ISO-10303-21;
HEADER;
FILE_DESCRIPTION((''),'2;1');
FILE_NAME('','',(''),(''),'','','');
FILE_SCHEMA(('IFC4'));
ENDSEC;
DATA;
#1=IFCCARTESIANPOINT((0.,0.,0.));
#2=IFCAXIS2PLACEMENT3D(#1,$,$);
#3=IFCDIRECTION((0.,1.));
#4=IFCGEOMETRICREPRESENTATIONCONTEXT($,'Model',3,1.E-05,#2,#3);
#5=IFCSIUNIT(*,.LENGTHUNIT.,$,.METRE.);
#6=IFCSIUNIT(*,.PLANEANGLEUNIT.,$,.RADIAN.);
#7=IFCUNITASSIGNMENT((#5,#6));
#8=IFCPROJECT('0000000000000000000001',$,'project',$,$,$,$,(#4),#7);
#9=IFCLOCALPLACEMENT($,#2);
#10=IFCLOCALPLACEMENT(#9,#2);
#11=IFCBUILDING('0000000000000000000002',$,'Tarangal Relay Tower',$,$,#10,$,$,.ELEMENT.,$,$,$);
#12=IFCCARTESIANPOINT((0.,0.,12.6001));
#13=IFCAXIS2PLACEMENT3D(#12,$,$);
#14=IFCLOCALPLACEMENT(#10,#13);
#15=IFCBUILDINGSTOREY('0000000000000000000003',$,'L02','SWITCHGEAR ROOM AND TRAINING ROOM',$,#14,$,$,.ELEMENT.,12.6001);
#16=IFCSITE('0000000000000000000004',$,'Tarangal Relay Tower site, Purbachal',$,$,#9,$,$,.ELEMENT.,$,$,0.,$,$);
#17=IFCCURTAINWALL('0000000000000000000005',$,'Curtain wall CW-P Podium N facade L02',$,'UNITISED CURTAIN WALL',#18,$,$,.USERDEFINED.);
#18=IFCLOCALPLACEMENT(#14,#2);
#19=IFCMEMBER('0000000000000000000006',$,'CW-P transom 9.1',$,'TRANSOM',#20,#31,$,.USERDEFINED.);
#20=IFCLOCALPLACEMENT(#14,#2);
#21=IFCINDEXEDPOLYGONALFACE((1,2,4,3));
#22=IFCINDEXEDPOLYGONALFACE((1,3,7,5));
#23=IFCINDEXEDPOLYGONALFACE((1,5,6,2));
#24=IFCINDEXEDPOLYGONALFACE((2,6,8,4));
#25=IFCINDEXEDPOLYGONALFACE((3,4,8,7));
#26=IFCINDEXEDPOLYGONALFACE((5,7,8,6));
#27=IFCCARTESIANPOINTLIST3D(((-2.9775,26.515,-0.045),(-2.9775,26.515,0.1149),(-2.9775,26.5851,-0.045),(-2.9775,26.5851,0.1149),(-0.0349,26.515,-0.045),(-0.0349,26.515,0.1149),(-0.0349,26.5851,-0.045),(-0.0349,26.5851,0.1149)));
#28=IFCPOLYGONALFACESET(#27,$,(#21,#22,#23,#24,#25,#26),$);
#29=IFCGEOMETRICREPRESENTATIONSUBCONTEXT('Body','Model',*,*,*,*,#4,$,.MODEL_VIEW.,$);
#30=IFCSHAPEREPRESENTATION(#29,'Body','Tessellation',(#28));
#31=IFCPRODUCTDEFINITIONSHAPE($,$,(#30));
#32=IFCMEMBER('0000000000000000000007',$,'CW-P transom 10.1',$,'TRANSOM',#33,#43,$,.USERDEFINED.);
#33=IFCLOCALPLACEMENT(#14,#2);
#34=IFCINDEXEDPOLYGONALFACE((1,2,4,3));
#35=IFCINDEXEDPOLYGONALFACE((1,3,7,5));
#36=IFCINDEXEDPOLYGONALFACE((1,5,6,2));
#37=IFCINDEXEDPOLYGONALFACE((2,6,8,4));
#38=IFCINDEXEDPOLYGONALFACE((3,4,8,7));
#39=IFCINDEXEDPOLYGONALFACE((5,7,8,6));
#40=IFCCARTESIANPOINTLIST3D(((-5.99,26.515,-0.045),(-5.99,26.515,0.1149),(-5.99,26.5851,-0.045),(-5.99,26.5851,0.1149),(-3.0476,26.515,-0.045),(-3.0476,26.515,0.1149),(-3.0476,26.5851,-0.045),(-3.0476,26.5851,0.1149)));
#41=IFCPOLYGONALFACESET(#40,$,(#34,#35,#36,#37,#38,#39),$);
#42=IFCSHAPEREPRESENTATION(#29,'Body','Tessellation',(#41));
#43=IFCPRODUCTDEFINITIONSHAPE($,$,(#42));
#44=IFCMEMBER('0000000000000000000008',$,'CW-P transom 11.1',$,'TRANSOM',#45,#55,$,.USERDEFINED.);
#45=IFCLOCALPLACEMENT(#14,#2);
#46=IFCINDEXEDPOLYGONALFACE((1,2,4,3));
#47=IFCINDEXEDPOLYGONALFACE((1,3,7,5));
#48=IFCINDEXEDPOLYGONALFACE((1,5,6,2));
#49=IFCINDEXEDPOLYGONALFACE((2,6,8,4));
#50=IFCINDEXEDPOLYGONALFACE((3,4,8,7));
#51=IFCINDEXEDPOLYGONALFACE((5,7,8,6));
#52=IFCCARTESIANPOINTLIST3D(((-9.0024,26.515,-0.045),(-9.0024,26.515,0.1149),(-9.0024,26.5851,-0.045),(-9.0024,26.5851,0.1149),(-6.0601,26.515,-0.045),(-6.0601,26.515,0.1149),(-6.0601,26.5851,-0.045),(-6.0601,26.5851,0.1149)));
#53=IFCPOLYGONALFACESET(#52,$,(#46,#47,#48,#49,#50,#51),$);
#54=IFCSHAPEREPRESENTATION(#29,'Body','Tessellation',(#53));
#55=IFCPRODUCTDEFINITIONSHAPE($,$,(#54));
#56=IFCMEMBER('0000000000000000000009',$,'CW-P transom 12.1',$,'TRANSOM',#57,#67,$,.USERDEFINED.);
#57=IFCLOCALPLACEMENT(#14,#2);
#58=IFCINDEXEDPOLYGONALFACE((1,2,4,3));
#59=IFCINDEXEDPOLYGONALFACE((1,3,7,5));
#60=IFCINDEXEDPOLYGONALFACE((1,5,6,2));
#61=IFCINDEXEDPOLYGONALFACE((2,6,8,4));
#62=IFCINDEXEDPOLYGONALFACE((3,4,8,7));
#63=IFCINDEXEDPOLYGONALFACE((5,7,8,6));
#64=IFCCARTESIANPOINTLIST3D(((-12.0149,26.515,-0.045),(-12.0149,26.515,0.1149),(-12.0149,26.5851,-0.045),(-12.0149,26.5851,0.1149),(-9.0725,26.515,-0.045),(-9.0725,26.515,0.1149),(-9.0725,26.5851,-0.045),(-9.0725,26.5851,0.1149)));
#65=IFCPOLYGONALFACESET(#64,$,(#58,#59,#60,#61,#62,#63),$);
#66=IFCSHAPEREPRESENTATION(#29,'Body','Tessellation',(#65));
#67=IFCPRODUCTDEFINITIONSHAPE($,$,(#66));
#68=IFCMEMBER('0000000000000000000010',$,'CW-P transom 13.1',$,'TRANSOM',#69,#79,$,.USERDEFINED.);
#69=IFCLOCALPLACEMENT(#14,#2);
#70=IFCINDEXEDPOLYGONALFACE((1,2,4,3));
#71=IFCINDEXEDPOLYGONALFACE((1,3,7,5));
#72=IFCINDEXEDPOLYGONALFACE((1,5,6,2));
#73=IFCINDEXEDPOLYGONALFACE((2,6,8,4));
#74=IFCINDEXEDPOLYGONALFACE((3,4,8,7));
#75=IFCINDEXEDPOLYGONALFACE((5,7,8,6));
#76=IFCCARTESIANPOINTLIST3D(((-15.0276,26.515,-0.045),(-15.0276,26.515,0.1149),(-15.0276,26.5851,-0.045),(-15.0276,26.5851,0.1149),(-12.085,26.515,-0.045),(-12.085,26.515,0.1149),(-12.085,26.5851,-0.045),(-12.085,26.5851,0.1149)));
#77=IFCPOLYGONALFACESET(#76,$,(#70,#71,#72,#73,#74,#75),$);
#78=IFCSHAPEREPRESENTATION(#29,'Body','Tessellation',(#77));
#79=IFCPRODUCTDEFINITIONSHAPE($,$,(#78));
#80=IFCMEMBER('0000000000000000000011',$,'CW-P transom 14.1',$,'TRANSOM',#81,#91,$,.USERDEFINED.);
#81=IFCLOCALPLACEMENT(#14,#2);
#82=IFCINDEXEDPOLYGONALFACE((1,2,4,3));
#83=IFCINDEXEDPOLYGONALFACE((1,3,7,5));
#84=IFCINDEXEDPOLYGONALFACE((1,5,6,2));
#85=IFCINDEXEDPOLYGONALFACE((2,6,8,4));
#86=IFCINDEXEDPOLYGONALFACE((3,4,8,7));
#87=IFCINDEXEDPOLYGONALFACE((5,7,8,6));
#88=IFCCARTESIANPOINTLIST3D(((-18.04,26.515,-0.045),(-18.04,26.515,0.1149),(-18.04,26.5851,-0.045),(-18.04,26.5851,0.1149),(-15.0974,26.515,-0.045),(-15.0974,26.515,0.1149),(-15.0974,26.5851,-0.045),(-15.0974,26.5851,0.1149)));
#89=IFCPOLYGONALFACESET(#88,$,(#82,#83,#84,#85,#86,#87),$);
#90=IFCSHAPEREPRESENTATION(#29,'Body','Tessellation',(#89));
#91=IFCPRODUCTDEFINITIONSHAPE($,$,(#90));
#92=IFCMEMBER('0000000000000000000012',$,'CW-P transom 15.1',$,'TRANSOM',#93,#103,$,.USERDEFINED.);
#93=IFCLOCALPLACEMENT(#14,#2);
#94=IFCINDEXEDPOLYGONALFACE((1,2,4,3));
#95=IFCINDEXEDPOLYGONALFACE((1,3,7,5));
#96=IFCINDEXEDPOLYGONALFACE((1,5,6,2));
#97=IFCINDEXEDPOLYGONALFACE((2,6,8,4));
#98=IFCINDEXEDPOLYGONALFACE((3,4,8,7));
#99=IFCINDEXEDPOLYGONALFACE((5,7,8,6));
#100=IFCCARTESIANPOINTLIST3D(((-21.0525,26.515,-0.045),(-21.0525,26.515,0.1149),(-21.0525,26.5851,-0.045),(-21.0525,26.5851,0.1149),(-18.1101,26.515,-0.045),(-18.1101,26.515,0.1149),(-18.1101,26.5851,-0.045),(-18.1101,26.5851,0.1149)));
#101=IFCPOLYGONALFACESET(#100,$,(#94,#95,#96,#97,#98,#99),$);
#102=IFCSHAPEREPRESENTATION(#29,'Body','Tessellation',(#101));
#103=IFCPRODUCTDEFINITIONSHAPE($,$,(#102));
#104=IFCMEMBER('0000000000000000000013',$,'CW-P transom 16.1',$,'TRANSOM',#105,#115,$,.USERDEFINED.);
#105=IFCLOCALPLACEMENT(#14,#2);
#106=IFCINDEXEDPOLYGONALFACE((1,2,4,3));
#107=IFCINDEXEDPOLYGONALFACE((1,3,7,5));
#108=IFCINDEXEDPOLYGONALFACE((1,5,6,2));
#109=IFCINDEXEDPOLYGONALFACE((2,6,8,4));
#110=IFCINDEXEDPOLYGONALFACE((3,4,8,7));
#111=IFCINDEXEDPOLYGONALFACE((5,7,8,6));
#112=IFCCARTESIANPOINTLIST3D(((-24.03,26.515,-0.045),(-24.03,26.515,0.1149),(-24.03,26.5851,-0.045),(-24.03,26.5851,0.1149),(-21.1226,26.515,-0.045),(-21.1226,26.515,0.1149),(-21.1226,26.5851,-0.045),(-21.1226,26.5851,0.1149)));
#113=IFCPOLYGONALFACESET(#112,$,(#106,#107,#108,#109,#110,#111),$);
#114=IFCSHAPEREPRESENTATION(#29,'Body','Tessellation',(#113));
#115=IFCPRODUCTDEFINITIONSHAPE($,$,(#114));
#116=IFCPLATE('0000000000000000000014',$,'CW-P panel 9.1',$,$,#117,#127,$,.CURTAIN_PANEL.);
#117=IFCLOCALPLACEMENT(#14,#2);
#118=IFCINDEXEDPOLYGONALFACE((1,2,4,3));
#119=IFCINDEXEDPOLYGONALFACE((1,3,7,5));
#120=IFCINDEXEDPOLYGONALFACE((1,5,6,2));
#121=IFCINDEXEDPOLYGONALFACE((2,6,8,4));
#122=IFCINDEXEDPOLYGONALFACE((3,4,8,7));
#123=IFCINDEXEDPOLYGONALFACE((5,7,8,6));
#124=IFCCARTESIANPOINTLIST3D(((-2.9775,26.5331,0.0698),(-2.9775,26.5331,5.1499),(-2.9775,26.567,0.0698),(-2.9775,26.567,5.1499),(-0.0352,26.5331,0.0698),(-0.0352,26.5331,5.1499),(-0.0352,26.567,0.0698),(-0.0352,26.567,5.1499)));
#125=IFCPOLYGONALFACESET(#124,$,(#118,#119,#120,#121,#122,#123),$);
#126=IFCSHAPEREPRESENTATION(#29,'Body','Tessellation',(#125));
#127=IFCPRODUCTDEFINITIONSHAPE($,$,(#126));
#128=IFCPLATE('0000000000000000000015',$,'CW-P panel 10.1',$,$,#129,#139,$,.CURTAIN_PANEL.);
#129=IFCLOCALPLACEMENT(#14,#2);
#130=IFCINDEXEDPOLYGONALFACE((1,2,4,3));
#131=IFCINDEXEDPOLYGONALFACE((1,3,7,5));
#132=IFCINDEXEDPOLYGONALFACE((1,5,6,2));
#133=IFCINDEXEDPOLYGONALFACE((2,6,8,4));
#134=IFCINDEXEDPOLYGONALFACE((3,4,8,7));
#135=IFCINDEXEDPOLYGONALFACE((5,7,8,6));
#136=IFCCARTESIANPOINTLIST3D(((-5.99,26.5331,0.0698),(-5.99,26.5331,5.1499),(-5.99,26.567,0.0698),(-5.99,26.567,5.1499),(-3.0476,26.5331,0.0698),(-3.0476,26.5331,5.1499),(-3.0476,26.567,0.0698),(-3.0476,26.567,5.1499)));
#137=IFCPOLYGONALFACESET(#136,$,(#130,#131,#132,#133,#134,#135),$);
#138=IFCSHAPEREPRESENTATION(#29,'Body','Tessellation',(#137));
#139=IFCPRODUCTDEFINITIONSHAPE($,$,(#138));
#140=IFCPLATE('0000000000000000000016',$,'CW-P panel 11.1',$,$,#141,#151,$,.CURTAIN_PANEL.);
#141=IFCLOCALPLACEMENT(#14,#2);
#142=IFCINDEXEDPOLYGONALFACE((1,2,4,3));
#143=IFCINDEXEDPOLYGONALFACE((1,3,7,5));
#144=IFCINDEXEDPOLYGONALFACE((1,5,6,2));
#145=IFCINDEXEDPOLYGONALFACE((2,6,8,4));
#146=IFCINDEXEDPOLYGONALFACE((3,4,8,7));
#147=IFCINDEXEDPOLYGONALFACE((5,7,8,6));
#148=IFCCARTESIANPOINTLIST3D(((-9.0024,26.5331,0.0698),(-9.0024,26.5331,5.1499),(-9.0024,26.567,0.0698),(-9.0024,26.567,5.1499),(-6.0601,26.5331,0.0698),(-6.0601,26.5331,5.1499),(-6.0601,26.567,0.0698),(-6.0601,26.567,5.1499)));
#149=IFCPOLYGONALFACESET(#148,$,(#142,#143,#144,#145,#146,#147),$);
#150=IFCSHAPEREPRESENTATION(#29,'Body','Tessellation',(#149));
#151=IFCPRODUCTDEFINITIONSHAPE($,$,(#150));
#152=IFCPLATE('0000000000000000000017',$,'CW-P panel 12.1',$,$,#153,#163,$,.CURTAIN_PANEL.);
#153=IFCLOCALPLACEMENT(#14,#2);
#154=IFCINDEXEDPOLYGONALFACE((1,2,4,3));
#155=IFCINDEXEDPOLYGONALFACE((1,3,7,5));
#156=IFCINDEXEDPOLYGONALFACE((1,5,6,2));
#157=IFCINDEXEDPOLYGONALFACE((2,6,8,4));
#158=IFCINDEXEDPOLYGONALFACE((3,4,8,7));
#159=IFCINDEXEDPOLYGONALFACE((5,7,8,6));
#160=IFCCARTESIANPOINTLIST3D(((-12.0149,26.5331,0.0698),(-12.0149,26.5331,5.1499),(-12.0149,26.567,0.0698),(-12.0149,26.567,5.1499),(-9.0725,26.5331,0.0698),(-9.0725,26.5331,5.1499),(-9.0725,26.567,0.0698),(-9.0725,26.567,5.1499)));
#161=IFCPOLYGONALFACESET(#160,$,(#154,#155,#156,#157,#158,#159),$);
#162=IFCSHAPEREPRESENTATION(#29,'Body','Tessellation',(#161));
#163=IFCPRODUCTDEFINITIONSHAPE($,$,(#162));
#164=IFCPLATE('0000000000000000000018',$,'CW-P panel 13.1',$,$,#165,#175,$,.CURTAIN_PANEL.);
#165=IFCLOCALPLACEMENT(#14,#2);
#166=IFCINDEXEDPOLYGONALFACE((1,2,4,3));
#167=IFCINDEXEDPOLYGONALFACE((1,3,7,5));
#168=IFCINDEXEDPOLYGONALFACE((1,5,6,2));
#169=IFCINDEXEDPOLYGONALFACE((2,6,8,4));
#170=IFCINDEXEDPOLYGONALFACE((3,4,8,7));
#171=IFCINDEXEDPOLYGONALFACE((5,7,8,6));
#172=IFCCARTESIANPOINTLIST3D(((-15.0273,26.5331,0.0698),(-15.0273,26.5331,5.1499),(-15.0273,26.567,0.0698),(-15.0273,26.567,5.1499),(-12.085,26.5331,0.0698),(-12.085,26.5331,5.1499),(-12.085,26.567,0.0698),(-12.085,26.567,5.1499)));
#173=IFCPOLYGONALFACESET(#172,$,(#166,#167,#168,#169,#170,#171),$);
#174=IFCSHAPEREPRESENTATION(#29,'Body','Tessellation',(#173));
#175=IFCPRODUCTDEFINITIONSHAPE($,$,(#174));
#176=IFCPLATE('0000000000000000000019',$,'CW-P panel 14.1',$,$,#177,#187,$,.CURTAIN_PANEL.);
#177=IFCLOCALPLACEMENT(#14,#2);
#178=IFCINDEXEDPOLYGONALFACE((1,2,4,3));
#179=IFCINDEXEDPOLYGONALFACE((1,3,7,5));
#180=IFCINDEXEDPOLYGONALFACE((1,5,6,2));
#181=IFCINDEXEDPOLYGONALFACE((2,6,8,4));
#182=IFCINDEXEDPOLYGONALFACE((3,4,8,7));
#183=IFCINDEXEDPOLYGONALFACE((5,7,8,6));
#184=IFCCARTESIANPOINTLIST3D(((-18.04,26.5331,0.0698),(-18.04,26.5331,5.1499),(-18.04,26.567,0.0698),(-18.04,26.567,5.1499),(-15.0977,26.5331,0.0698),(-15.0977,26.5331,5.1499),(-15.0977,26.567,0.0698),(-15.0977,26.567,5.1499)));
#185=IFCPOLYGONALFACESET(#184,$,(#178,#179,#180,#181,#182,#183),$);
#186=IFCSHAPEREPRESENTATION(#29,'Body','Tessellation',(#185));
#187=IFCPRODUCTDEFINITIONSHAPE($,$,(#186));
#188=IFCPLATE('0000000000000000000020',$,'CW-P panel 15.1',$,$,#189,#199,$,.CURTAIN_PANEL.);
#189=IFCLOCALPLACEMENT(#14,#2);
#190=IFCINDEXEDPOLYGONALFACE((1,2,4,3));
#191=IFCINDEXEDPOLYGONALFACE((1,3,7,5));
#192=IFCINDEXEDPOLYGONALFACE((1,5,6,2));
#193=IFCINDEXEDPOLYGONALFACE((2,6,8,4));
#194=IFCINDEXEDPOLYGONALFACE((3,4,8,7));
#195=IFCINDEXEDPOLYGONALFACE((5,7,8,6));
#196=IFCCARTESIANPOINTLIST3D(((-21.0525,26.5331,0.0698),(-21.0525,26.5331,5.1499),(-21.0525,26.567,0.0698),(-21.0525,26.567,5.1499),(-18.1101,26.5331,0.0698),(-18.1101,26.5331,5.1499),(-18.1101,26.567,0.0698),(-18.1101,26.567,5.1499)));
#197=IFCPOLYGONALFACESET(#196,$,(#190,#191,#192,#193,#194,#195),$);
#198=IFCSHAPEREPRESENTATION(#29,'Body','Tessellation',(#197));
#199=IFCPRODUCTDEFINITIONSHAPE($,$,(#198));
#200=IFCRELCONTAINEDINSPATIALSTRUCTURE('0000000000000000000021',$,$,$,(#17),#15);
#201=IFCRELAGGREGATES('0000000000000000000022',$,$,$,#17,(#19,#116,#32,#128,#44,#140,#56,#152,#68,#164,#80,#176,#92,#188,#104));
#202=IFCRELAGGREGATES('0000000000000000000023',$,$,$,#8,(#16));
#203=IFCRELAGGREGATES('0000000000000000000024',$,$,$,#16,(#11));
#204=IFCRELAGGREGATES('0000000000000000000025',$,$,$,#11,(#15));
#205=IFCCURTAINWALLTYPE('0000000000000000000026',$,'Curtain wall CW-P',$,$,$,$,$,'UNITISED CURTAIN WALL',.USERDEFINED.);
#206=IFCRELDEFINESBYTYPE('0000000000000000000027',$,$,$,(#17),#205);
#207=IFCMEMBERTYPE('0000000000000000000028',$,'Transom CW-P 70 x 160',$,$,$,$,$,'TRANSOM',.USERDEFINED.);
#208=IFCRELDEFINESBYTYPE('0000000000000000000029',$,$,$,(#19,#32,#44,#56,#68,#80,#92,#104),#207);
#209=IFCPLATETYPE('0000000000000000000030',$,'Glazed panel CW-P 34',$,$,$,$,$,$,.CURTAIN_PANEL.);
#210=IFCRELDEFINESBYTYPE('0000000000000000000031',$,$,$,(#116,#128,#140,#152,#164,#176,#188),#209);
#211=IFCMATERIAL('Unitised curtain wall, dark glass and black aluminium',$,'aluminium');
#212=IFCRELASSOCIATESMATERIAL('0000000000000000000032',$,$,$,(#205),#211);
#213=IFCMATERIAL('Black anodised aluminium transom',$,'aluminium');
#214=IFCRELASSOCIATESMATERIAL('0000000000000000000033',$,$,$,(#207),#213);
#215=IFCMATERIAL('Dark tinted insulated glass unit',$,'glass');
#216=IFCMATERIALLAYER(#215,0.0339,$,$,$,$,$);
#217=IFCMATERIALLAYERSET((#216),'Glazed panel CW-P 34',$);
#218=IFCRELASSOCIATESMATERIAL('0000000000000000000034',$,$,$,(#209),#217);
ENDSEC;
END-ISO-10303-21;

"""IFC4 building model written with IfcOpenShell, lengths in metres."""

from ifc_helpers import new_model, si_unit, direction, frame, origin, origin_2d, place, context, subcontext, project, spatial, rectangle, extrude, material, layer, layer_set, material_profile, profile_set, type_object, element, aggregate, save


model = new_model("IFC4")

# Units and contexts
model_context = context("Model", 3, precision=1e-05, world=origin(), true_north=direction((0.0, 1.0)))
body_context = subcontext(model_context, "Body", "Model", "MODEL_VIEW")
ifc_project = project(units=[si_unit("LENGTHUNIT", "METRE"), si_unit("PLANEANGLEUNIT", "RADIAN")], contexts=[model_context])

# Site, building, storey
site_placement = place(None, origin())
site = spatial("IfcSite", under=ifc_project, at=site_placement, Name="Tarangal Relay Tower site, Purbachal", CompositionType="ELEMENT", RefElevation=0.0)
building_placement = place(site_placement, origin())
building = spatial("IfcBuilding", under=site, at=building_placement, Name="Tarangal Relay Tower", CompositionType="ELEMENT")
storey_placement = place(building_placement, frame((0.0, 0.0, 12.6001)))
storey = spatial("IfcBuildingStorey", under=building, at=storey_placement, Name="L02", Description="SWITCHGEAR ROOM AND TRAINING ROOM", CompositionType="ELEMENT", Elevation=12.6001)

# Curtain wall
ifc_material_1 = material(Name="Unitised curtain wall, dark glass and black aluminium", Category="aluminium")
curtain_wall_type = type_object("IfcCurtainWallType", Name="Curtain wall CW-P", ElementType="UNITISED CURTAIN WALL", PredefinedType="USERDEFINED", material=ifc_material_1)
curtain_wall_placement = place(storey_placement, origin())
curtain_wall = element("IfcCurtainWall", 1, at=curtain_wall_placement, inside=storey, type_object=curtain_wall_type, Name="Curtain wall CW-P Podium N facade L02", ObjectType="UNITISED CURTAIN WALL", PredefinedType="USERDEFINED")

# Members
ifc_material_2 = material(Name="Black anodised aluminium transom", Category="aluminium")
ifc_material_profile_1 = material_profile(ifc_material_2, rectangle(XDim=0.0701, YDim=0.1599, at=origin_2d()), Name="CW-PT 70X160")
ifc_profile_set_1 = profile_set([ifc_material_profile_1], Name="Black anodised aluminium transom")
member_type_1 = type_object("IfcMemberType", Name="Transom CW-P 70 x 160", ElementType="TRANSOM", PredefinedType="USERDEFINED", material=ifc_profile_set_1)
member_1_placement = place(storey_placement, frame((-0.0349, 26.55, 0.0349), z_axis=(-1.0, 0.0, 0.0), x_axis=(0.0, -1.0, 0.0)))
member_1 = element("IfcMember", 2, at=member_1_placement, type_object=member_type_1, Name="CW-P transom 9.1", ObjectType="TRANSOM", PredefinedType="USERDEFINED", context=body_context, shape_type="SweptSolid", body=[
    extrude(rectangle(XDim=0.0701, YDim=0.1599, at=origin_2d()), origin(), (0.0, 0.0, 1.0), 2.9426),
])
member_2_placement = place(storey_placement, frame((-3.0476, 26.55, 0.0349), z_axis=(-1.0, 0.0, 0.0), x_axis=(0.0, -1.0, 0.0)))
member_2 = element("IfcMember", 3, at=member_2_placement, type_object=member_type_1, Name="CW-P transom 10.1", ObjectType="TRANSOM", PredefinedType="USERDEFINED", context=body_context, shape_type="SweptSolid", body=[
    extrude(rectangle(XDim=0.0701, YDim=0.1599, at=origin_2d()), origin(), (0.0, 0.0, 1.0), 2.9424),
])
member_3_placement = place(storey_placement, frame((-6.0601, 26.55, 0.0349), z_axis=(-1.0, 0.0, 0.0), x_axis=(0.0, -1.0, 0.0)))
member_3 = element("IfcMember", 4, at=member_3_placement, type_object=member_type_1, Name="CW-P transom 11.1", ObjectType="TRANSOM", PredefinedType="USERDEFINED", context=body_context, shape_type="SweptSolid", body=[
    extrude(rectangle(XDim=0.0701, YDim=0.1599, at=origin_2d()), origin(), (0.0, 0.0, 1.0), 2.9424),
])
member_4_placement = place(storey_placement, frame((-9.0725, 26.55, 0.0349), z_axis=(-1.0, 0.0, 0.0), x_axis=(0.0, -1.0, 0.0)))
member_4 = element("IfcMember", 5, at=member_4_placement, type_object=member_type_1, Name="CW-P transom 12.1", ObjectType="TRANSOM", PredefinedType="USERDEFINED", context=body_context, shape_type="SweptSolid", body=[
    extrude(rectangle(XDim=0.0701, YDim=0.1599, at=origin_2d()), origin(), (0.0, 0.0, 1.0), 2.9424),
])
member_5_placement = place(storey_placement, frame((-12.085, 26.55, 0.0349), z_axis=(-1.0, 0.0, 0.0), x_axis=(0.0, -1.0, 0.0)))
member_5 = element("IfcMember", 6, at=member_5_placement, type_object=member_type_1, Name="CW-P transom 13.1", ObjectType="TRANSOM", PredefinedType="USERDEFINED", context=body_context, shape_type="SweptSolid", body=[
    extrude(rectangle(XDim=0.0701, YDim=0.1599, at=origin_2d()), origin(), (0.0, 0.0, 1.0), 2.9426),
])
member_6_placement = place(storey_placement, frame((-15.0974, 26.55, 0.0349), z_axis=(-1.0, 0.0, 0.0), x_axis=(0.0, -1.0, 0.0)))
member_6 = element("IfcMember", 7, at=member_6_placement, type_object=member_type_1, Name="CW-P transom 14.1", ObjectType="TRANSOM", PredefinedType="USERDEFINED", context=body_context, shape_type="SweptSolid", body=[
    extrude(rectangle(XDim=0.0701, YDim=0.1599, at=origin_2d()), origin(), (0.0, 0.0, 1.0), 2.9426),
])
member_7_placement = place(storey_placement, frame((-18.1101, 26.55, 0.0349), z_axis=(-1.0, 0.0, 0.0), x_axis=(0.0, -1.0, 0.0)))
member_7 = element("IfcMember", 8, at=member_7_placement, type_object=member_type_1, Name="CW-P transom 15.1", ObjectType="TRANSOM", PredefinedType="USERDEFINED", context=body_context, shape_type="SweptSolid", body=[
    extrude(rectangle(XDim=0.0701, YDim=0.1599, at=origin_2d()), origin(), (0.0, 0.0, 1.0), 2.9424),
])
member_8_placement = place(storey_placement, frame((-21.1226, 26.55, 0.0349), z_axis=(-1.0, 0.0, 0.0), x_axis=(0.0, -1.0, 0.0)))
member_8 = element("IfcMember", 9, at=member_8_placement, type_object=member_type_1, Name="CW-P transom 16.1", ObjectType="TRANSOM", PredefinedType="USERDEFINED", context=body_context, shape_type="SweptSolid", body=[
    extrude(rectangle(XDim=0.0701, YDim=0.1599, at=origin_2d()), origin(), (0.0, 0.0, 1.0), 2.9075),
])

# Plates
ifc_material_3 = material(Name="Dark tinted insulated glass unit", Category="glass")
ifc_layer = layer(ifc_material_3, 0.0339)
ifc_layer_set = layer_set([ifc_layer], Name="Glazed panel CW-P 34")
plate_type = type_object("IfcPlateType", Name="Glazed panel CW-P 34", PredefinedType="CURTAIN_PANEL", material=ifc_layer_set)
plate_1_placement = place(storey_placement, frame((-1.5063, 26.55, 0.0698), z_axis=(0.0, 0.0, 1.0), x_axis=(-1.0, 0.0, 0.0)))
plate_1 = element("IfcPlate", 10, at=plate_1_placement, type_object=plate_type, Name="CW-P panel 9.1", PredefinedType="CURTAIN_PANEL", context=body_context, shape_type="SweptSolid", body=[
    extrude(rectangle(XDim=2.9424, YDim=0.0339, at=origin_2d()), origin(), (0.0, 0.0, 1.0), 5.0801),
])
plate_2_placement = place(storey_placement, frame((-4.5188, 26.55, 0.0698), z_axis=(0.0, 0.0, 1.0), x_axis=(-1.0, 0.0, 0.0)))
plate_2 = element("IfcPlate", 11, at=plate_2_placement, type_object=plate_type, Name="CW-P panel 10.1", PredefinedType="CURTAIN_PANEL", context=body_context, shape_type="SweptSolid", body=[
    extrude(rectangle(XDim=2.9424, YDim=0.0339, at=origin_2d()), origin(), (0.0, 0.0, 1.0), 5.0801),
])
plate_3_placement = place(storey_placement, frame((-7.5312, 26.55, 0.0698), z_axis=(0.0, 0.0, 1.0), x_axis=(-1.0, 0.0, 0.0)))
plate_3 = element("IfcPlate", 12, at=plate_3_placement, type_object=plate_type, Name="CW-P panel 11.1", PredefinedType="CURTAIN_PANEL", context=body_context, shape_type="SweptSolid", body=[
    extrude(rectangle(XDim=2.9424, YDim=0.0339, at=origin_2d()), origin(), (0.0, 0.0, 1.0), 5.0801),
])
plate_4_placement = place(storey_placement, frame((-10.5437, 26.55, 0.0698), z_axis=(0.0, 0.0, 1.0), x_axis=(-1.0, 0.0, 0.0)))
plate_4 = element("IfcPlate", 13, at=plate_4_placement, type_object=plate_type, Name="CW-P panel 12.1", PredefinedType="CURTAIN_PANEL", context=body_context, shape_type="SweptSolid", body=[
    extrude(rectangle(XDim=2.9424, YDim=0.0339, at=origin_2d()), origin(), (0.0, 0.0, 1.0), 5.0801),
])
plate_5_placement = place(storey_placement, frame((-13.5562, 26.55, 0.0698), z_axis=(0.0, 0.0, 1.0), x_axis=(-1.0, 0.0, 0.0)))
plate_5 = element("IfcPlate", 14, at=plate_5_placement, type_object=plate_type, Name="CW-P panel 13.1", PredefinedType="CURTAIN_PANEL", context=body_context, shape_type="SweptSolid", body=[
    extrude(rectangle(XDim=2.9424, YDim=0.0339, at=origin_2d()), origin(), (0.0, 0.0, 1.0), 5.0801),
])
plate_6_placement = place(storey_placement, frame((-16.5688, 26.55, 0.0698), z_axis=(0.0, 0.0, 1.0), x_axis=(-1.0, 0.0, 0.0)))
plate_6 = element("IfcPlate", 15, at=plate_6_placement, type_object=plate_type, Name="CW-P panel 14.1", PredefinedType="CURTAIN_PANEL", context=body_context, shape_type="SweptSolid", body=[
    extrude(rectangle(XDim=2.9424, YDim=0.0339, at=origin_2d()), origin(), (0.0, 0.0, 1.0), 5.0801),
])
plate_7_placement = place(storey_placement, frame((-19.5813, 26.55, 0.0698), z_axis=(0.0, 0.0, 1.0), x_axis=(-1.0, 0.0, 0.0)))
plate_7 = element("IfcPlate", 16, at=plate_7_placement, type_object=plate_type, Name="CW-P panel 15.1", PredefinedType="CURTAIN_PANEL", context=body_context, shape_type="SweptSolid", body=[
    extrude(rectangle(XDim=2.9424, YDim=0.0339, at=origin_2d()), origin(), (0.0, 0.0, 1.0), 5.0801),
])
aggregate(curtain_wall, [member_1, plate_1, member_2, plate_2, member_3, plate_3, member_4, plate_4, member_5, plate_5, member_6, plate_6, member_7, plate_7, member_8])

save(model, "model.ifc")
